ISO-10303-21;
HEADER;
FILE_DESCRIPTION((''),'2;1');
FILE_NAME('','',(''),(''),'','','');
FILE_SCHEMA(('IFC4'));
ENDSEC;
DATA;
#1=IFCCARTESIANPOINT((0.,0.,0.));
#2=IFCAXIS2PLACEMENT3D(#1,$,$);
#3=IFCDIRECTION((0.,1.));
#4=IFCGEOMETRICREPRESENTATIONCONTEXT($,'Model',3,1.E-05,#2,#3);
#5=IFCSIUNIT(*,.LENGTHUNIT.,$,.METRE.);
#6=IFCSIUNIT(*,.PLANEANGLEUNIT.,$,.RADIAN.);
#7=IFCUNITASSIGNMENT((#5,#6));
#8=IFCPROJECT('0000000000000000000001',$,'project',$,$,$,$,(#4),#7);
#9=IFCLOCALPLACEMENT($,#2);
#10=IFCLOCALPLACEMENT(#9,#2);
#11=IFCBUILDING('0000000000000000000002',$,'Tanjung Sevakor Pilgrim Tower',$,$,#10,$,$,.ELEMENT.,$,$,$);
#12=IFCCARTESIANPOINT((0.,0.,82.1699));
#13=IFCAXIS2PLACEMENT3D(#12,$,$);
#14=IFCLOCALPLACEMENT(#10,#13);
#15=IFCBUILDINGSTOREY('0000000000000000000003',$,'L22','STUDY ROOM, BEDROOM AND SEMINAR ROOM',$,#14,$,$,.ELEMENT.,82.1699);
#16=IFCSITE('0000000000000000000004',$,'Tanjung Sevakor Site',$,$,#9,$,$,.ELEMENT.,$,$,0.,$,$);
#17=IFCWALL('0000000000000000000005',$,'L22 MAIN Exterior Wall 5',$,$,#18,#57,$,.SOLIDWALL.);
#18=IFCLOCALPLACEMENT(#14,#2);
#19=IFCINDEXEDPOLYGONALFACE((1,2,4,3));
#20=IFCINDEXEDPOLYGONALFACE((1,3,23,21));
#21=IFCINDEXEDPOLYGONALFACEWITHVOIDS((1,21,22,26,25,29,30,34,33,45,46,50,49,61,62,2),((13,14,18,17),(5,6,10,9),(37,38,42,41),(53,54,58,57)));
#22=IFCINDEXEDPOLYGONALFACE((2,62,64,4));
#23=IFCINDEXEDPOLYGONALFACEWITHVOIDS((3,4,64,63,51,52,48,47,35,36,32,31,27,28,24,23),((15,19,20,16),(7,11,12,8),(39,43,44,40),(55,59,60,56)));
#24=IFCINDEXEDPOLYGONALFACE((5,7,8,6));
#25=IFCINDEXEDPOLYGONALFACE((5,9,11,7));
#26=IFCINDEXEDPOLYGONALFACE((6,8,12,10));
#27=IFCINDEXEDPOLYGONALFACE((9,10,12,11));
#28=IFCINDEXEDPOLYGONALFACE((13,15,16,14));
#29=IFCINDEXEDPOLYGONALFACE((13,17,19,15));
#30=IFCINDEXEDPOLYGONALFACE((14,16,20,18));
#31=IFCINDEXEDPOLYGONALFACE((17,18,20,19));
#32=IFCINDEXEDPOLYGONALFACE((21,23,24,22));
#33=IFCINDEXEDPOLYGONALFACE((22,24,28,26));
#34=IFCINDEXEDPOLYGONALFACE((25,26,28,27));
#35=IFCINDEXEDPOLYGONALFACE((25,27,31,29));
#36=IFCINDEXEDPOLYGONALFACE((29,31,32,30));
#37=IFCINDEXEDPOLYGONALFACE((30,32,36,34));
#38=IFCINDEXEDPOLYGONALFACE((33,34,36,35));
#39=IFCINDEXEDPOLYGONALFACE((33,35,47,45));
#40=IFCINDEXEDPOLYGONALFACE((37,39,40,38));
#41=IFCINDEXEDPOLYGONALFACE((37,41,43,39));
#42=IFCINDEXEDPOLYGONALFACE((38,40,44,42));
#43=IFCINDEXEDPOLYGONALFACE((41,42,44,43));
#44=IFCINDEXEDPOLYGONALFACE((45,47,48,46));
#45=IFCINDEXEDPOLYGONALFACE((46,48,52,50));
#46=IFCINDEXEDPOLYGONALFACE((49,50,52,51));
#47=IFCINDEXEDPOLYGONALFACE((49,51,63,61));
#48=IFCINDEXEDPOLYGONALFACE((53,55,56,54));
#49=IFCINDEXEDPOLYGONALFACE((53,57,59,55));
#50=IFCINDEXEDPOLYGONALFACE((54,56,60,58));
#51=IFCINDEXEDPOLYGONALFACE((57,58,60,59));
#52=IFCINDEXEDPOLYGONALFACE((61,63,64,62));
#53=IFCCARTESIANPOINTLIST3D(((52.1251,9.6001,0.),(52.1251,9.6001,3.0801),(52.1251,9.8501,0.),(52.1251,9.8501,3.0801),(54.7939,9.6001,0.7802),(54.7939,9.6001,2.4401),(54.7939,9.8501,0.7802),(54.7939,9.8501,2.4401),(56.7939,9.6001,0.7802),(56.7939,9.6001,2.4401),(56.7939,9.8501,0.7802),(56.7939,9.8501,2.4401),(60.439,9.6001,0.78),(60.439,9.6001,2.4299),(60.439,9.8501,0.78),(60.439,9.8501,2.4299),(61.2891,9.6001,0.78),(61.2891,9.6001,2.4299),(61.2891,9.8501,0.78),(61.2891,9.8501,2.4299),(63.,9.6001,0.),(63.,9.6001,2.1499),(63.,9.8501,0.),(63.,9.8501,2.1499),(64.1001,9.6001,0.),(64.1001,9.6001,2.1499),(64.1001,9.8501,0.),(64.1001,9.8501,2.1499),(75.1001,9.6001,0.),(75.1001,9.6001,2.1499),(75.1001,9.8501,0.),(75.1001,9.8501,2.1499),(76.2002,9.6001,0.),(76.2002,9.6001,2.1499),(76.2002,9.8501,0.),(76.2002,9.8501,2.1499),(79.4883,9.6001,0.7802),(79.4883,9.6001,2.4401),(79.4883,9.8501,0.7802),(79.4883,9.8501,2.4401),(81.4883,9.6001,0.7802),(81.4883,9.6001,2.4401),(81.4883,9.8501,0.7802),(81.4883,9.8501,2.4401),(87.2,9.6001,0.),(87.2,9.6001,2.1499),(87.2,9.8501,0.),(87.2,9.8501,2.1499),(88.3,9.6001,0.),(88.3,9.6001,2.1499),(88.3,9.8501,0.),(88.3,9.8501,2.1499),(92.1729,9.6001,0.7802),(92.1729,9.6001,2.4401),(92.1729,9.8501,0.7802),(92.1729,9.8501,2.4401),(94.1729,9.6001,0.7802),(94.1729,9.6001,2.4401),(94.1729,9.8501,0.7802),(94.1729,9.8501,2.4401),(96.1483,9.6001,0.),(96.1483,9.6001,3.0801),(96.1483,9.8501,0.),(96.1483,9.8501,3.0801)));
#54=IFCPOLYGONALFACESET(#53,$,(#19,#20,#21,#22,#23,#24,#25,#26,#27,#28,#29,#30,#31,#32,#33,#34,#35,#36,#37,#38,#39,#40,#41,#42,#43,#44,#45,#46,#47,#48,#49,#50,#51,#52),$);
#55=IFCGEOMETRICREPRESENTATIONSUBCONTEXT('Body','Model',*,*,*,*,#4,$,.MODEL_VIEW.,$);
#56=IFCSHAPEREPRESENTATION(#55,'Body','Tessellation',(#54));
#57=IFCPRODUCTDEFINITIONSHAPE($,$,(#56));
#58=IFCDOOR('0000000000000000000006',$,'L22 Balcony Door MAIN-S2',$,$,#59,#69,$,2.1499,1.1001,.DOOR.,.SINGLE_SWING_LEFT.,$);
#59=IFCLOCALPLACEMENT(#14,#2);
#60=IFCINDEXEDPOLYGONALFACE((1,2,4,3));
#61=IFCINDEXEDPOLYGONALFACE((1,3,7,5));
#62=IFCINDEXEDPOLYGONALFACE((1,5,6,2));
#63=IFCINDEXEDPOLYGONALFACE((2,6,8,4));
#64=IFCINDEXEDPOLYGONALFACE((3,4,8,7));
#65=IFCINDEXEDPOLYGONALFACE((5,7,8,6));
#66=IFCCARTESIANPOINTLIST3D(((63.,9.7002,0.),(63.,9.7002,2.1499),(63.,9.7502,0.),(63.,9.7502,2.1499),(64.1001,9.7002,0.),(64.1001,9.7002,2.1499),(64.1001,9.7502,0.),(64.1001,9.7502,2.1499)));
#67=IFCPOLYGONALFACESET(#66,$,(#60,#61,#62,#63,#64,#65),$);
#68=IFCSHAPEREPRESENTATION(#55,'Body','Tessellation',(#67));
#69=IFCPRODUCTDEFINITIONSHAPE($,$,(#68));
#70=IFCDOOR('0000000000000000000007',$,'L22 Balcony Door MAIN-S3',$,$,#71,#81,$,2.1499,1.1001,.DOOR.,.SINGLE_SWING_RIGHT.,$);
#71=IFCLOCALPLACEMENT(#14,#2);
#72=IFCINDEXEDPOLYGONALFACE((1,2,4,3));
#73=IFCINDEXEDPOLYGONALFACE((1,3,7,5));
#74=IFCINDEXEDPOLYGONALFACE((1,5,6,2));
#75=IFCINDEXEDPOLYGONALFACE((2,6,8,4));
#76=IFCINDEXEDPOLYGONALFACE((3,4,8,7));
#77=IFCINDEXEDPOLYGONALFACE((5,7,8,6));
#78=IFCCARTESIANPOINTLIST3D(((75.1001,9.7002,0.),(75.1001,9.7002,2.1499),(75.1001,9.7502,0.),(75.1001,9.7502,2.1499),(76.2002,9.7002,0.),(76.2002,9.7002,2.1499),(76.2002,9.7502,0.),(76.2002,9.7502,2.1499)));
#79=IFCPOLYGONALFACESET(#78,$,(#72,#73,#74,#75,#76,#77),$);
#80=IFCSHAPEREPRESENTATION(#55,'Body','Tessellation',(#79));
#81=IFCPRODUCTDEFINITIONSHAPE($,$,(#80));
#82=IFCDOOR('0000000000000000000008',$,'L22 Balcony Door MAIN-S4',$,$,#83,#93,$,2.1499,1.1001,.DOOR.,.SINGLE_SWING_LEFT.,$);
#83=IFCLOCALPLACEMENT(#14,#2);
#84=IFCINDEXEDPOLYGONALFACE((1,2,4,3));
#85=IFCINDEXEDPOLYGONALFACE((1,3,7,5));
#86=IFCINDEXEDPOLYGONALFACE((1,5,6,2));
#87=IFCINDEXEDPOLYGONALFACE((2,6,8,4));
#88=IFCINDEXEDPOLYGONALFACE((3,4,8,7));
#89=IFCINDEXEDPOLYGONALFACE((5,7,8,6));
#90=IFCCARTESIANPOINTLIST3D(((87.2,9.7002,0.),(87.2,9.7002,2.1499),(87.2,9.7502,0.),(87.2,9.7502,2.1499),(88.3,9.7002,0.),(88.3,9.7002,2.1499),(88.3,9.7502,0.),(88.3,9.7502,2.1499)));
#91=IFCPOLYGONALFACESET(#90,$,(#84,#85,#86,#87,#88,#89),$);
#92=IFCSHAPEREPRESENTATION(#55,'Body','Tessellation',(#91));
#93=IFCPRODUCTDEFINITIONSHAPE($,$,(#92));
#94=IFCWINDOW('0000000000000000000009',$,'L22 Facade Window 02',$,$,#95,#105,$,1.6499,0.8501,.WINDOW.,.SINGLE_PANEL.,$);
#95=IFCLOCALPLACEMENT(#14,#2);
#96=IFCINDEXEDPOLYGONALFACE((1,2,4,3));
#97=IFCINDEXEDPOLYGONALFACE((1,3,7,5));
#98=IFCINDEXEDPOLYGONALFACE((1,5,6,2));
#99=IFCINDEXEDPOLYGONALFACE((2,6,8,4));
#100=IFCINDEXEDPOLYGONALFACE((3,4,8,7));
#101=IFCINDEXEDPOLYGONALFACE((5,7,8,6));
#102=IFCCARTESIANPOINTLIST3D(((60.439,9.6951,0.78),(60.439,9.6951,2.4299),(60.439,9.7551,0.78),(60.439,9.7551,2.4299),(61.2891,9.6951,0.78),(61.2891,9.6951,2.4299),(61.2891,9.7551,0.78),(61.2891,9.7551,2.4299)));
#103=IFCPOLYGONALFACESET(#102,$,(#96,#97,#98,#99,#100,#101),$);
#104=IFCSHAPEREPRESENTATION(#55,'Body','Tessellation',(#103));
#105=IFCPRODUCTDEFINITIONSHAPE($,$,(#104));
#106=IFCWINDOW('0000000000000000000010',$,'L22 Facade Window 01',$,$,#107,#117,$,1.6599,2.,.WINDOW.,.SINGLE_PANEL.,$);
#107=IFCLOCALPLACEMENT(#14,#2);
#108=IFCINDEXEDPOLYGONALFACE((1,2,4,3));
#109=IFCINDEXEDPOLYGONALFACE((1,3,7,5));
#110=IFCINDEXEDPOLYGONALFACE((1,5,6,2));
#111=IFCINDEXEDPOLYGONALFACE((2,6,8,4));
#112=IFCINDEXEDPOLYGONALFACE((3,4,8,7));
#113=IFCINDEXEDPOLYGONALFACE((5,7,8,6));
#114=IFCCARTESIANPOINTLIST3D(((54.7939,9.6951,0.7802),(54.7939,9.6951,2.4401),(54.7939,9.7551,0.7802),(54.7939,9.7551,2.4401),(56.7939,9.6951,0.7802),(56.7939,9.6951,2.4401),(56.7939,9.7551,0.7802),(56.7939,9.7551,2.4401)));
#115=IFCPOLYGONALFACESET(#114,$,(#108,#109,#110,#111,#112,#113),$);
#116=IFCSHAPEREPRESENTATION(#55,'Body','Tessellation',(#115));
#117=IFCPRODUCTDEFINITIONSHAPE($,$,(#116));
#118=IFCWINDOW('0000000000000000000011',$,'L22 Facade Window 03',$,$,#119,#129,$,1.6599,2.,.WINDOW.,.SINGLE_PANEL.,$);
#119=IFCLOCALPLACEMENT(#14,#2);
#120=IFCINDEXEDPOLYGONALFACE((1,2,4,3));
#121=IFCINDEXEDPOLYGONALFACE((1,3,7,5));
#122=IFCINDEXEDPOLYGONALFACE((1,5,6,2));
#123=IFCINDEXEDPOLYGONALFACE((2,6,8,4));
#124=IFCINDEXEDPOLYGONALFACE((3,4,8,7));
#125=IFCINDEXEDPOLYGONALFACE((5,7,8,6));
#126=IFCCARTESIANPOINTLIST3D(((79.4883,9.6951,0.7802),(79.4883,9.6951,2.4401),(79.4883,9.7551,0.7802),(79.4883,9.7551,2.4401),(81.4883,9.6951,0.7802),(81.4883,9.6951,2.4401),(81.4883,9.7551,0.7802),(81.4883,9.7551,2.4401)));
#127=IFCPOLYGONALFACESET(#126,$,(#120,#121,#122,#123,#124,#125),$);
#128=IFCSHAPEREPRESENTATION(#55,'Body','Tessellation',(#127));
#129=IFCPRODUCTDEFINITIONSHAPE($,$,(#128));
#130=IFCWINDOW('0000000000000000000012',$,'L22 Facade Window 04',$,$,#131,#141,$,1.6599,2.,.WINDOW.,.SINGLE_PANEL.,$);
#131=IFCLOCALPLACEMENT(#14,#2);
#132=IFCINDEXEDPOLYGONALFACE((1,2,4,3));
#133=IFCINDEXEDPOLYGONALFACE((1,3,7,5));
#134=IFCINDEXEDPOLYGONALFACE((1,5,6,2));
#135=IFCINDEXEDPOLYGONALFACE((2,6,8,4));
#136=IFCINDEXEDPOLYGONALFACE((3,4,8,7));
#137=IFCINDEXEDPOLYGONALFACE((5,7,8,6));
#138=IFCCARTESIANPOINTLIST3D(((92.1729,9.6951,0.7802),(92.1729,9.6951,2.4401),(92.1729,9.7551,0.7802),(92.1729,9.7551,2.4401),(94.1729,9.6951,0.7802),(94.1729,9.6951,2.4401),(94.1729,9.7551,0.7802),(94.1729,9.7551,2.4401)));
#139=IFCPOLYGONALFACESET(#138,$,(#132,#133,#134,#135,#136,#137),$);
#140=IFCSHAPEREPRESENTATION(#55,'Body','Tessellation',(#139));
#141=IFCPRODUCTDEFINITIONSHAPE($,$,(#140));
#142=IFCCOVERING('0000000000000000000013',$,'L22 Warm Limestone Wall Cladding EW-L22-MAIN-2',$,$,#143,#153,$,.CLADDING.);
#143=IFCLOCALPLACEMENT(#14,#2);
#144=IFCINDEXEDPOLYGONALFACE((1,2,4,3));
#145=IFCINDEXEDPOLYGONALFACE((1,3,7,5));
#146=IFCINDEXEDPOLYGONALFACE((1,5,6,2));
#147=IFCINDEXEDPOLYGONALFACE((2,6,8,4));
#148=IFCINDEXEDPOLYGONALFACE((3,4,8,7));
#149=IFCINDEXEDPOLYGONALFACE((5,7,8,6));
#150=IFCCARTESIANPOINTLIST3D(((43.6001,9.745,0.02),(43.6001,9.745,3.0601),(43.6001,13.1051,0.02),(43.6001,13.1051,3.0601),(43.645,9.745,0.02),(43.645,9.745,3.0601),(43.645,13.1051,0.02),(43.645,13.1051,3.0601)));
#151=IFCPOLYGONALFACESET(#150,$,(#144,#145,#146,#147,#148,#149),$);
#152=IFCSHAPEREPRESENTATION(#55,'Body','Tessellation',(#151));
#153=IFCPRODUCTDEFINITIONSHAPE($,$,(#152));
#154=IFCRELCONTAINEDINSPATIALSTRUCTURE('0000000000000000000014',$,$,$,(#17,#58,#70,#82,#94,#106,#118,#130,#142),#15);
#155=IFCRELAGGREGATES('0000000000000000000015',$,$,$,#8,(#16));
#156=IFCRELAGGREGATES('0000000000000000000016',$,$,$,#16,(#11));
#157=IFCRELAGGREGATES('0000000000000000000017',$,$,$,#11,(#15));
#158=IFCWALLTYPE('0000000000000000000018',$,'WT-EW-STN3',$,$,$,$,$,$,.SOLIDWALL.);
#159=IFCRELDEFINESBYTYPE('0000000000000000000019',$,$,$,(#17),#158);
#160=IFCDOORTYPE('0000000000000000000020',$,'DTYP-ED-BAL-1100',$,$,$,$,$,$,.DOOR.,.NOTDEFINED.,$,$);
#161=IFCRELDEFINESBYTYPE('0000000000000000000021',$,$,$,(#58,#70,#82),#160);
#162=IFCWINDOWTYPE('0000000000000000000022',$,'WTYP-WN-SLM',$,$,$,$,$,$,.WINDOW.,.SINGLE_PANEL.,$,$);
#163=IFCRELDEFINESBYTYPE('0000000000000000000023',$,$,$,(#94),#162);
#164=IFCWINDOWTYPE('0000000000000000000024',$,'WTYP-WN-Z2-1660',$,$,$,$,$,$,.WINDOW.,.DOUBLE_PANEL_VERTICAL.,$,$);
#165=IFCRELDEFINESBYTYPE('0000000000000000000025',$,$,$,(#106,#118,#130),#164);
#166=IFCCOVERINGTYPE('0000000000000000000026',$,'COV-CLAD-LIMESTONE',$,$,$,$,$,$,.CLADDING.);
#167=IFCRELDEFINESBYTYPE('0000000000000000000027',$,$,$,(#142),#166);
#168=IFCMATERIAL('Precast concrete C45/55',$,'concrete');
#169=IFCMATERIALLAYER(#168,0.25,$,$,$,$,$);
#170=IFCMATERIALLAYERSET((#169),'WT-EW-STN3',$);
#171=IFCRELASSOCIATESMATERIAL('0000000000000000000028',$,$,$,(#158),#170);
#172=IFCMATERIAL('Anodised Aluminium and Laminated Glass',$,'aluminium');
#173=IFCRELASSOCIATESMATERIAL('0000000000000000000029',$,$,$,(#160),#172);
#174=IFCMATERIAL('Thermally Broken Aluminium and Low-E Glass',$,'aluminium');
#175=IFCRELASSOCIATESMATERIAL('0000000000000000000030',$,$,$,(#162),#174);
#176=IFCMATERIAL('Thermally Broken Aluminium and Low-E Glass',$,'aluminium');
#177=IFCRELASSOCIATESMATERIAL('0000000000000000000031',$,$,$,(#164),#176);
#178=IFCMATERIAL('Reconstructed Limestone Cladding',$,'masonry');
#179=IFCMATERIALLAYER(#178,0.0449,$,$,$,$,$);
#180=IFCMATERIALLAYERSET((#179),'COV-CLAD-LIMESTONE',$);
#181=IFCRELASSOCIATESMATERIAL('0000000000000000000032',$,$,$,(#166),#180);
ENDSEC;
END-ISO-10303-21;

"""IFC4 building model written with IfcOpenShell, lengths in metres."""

from ifc_helpers import new_model, si_unit, direction, frame, frame_2d, origin, origin_2d, place, context, subcontext, project, spatial, rectangle, extrude, material, layer, layer_set, type_object, element, fill, save


model = new_model("IFC4")

# Units and contexts
model_context = context("Model", 3, precision=1e-05, world=origin(), true_north=direction((0.0, 1.0)))
body_context = subcontext(model_context, "Body", "Model", "MODEL_VIEW")
ifc_project = project(units=[si_unit("LENGTHUNIT", "METRE"), si_unit("PLANEANGLEUNIT", "RADIAN")], contexts=[model_context])

# Site, building, storey
site_placement = place(None, origin())
site = spatial("IfcSite", under=ifc_project, at=site_placement, Name="Tanjung Sevakor Site", CompositionType="ELEMENT", RefElevation=0.0)
building_placement = place(site_placement, origin())
building = spatial("IfcBuilding", under=site, at=building_placement, Name="Tanjung Sevakor Pilgrim Tower", CompositionType="ELEMENT")
storey_placement = place(building_placement, frame((0.0, 0.0, 82.1699)))
storey = spatial("IfcBuildingStorey", under=building, at=storey_placement, Name="L22", Description="STUDY ROOM, BEDROOM AND SEMINAR ROOM", CompositionType="ELEMENT", Elevation=82.1699)

# Shared definitions
ifc_material_1 = material(Name="Precast concrete C45/55", Category="concrete")
ifc_layer_1 = layer(ifc_material_1, 0.25)
ifc_layer_set_1 = layer_set([ifc_layer_1], Name="WT-EW-STN3")
wall_type_1 = type_object("IfcWallType", Name="WT-EW-STN3", PredefinedType="SOLIDWALL", material=ifc_layer_set_1)

# Wall, openings, doors, windows
wall_1_placement = place(storey_placement, frame((52.125, 9.7251, 0.0), z_axis=(0.0, 0.0, 1.0), x_axis=(1.0, 0.0, 0.0)))
wall_1 = element("IfcWall", 1, at=wall_1_placement, inside=storey, type_object=wall_type_1, Name="L22 MAIN Exterior Wall 5", PredefinedType="SOLIDWALL", context=body_context, shape_type="SweptSolid", body=[
    extrude(rectangle(XDim=44.0232, YDim=0.25, at=frame_2d((22.0117, 0.0))), origin(), (0.0, 0.0, 1.0), 3.0801),
])
opening_1_placement = place(wall_1_placement, frame((10.875, 0.0, 0.0)))
opening_1 = element("IfcOpeningElement", 2, at=opening_1_placement, cuts=wall_1, PredefinedType="OPENING", context=body_context, shape_type="SweptSolid", body=[
    extrude(rectangle(XDim=1.1001, YDim=2.1499, at=frame_2d((0.55, 1.075))), frame((0.0, 0.135, 0.0), z_axis=(0.0, -1.0, 0.0), x_axis=(1.0, 0.0, 0.0)), (0.0, 0.0, 1.0), 0.27),
])
opening_2_placement = place(wall_1_placement, frame((22.9751, 0.0, 0.0)))
opening_2 = element("IfcOpeningElement", 3, at=opening_2_placement, cuts=wall_1, PredefinedType="OPENING", context=body_context, shape_type="SweptSolid", body=[
    extrude(rectangle(XDim=1.1001, YDim=2.1499, at=frame_2d((0.55, 1.075))), frame((0.0, 0.135, 0.0), z_axis=(0.0, -1.0, 0.0), x_axis=(1.0, 0.0, 0.0)), (0.0, 0.0, 1.0), 0.27),
])
opening_3_placement = place(wall_1_placement, frame((35.075, 0.0, 0.0)))
opening_3 = element("IfcOpeningElement", 4, at=opening_3_placement, cuts=wall_1, PredefinedType="OPENING", context=body_context, shape_type="SweptSolid", body=[
    extrude(rectangle(XDim=1.1001, YDim=2.1499, at=frame_2d((0.55, 1.075))), frame((0.0, 0.135, 0.0), z_axis=(0.0, -1.0, 0.0), x_axis=(1.0, 0.0, 0.0)), (0.0, 0.0, 1.0), 0.27),
])
opening_4_placement = place(wall_1_placement, frame((2.6689, 0.0, 0.78)))
opening_4 = element("IfcOpeningElement", 5, at=opening_4_placement, cuts=wall_1, PredefinedType="OPENING", context=body_context, shape_type="SweptSolid", body=[
    extrude(rectangle(XDim=2.0, YDim=1.6599, at=frame_2d((1.0, 0.8301))), frame((0.0, 0.135, 0.0), z_axis=(0.0, -1.0, 0.0), x_axis=(1.0, 0.0, 0.0)), (0.0, 0.0, 1.0), 0.27),
])
opening_5_placement = place(wall_1_placement, frame((8.314, 0.0, 0.78)))
opening_5 = element("IfcOpeningElement", 6, at=opening_5_placement, cuts=wall_1, PredefinedType="OPENING", context=body_context, shape_type="SweptSolid", body=[
    extrude(rectangle(XDim=0.8501, YDim=1.6499, at=frame_2d((0.425, 0.825))), frame((0.0, 0.135, 0.0), z_axis=(0.0, -1.0, 0.0), x_axis=(1.0, 0.0, 0.0)), (0.0, 0.0, 1.0), 0.27),
])
opening_6_placement = place(wall_1_placement, frame((27.3633, 0.0, 0.78)))
opening_6 = element("IfcOpeningElement", 7, at=opening_6_placement, cuts=wall_1, PredefinedType="OPENING", context=body_context, shape_type="SweptSolid", body=[
    extrude(rectangle(XDim=2.0, YDim=1.6599, at=frame_2d((1.0, 0.8301))), frame((0.0, 0.135, 0.0), z_axis=(0.0, -1.0, 0.0), x_axis=(1.0, 0.0, 0.0)), (0.0, 0.0, 1.0), 0.27),
])
opening_7_placement = place(wall_1_placement, frame((40.0479, 0.0, 0.78)))
opening_7 = element("IfcOpeningElement", 8, at=opening_7_placement, cuts=wall_1, PredefinedType="OPENING", context=body_context, shape_type="SweptSolid", body=[
    extrude(rectangle(XDim=2.0, YDim=1.6599, at=frame_2d((1.0, 0.8301))), frame((0.0, 0.135, 0.0), z_axis=(0.0, -1.0, 0.0), x_axis=(1.0, 0.0, 0.0)), (0.0, 0.0, 1.0), 0.27),
])
ifc_material_2 = material(Name="Anodised Aluminium and Laminated Glass", Category="aluminium")
door_type = type_object("IfcDoorType", Name="DTYP-ED-BAL-1100", OperationType="NOTDEFINED", PredefinedType="DOOR", material=ifc_material_2)
door_1_placement = place(opening_1_placement, frame((1.1001, 0.0, 0.0), z_axis=(0.0, 0.0, 1.0), x_axis=(-1.0, 0.0, 0.0)))
door_1 = element("IfcDoor", 9, at=door_1_placement, inside=storey, type_object=door_type, Name="L22 Balcony Door MAIN-S2", OperationType="SINGLE_SWING_LEFT", OverallHeight=2.1499, OverallWidth=1.1001, PredefinedType="DOOR", context=body_context, shape_type="SweptSolid", body=[
    extrude(rectangle(XDim=1.1001, YDim=2.1499, at=frame_2d((0.55, 1.075))), frame((0.0, 0.0249, 0.0), z_axis=(0.0, -1.0, 0.0), x_axis=(1.0, 0.0, 0.0)), (0.0, 0.0, 1.0), 0.05),
])
fill(opening_1, door_1)
door_2_placement = place(opening_2_placement, frame((1.1001, 0.0, 0.0), z_axis=(0.0, 0.0, 1.0), x_axis=(-1.0, 0.0, 0.0)))
door_2 = element("IfcDoor", 10, at=door_2_placement, inside=storey, type_object=door_type, Name="L22 Balcony Door MAIN-S3", OperationType="SINGLE_SWING_RIGHT", OverallHeight=2.1499, OverallWidth=1.1001, PredefinedType="DOOR", context=body_context, shape_type="SweptSolid", body=[
    extrude(rectangle(XDim=1.1001, YDim=2.1499, at=frame_2d((0.55, 1.075))), frame((0.0, 0.0249, 0.0), z_axis=(0.0, -1.0, 0.0), x_axis=(1.0, 0.0, 0.0)), (0.0, 0.0, 1.0), 0.05),
])
fill(opening_2, door_2)
door_3_placement = place(opening_3_placement, frame((1.1001, 0.0, 0.0), z_axis=(0.0, 0.0, 1.0), x_axis=(-1.0, 0.0, 0.0)))
door_3 = element("IfcDoor", 11, at=door_3_placement, inside=storey, type_object=door_type, Name="L22 Balcony Door MAIN-S4", OperationType="SINGLE_SWING_LEFT", OverallHeight=2.1499, OverallWidth=1.1001, PredefinedType="DOOR", context=body_context, shape_type="SweptSolid", body=[
    extrude(rectangle(XDim=1.1001, YDim=2.1499, at=frame_2d((0.55, 1.075))), frame((0.0, 0.0249, 0.0), z_axis=(0.0, -1.0, 0.0), x_axis=(1.0, 0.0, 0.0)), (0.0, 0.0, 1.0), 0.05),
])
fill(opening_3, door_3)
ifc_material_3 = material(Name="Thermally Broken Aluminium and Low-E Glass", Category="aluminium")
window_type_1 = type_object("IfcWindowType", Name="WTYP-WN-SLM", PartitioningType="SINGLE_PANEL", PredefinedType="WINDOW", material=ifc_material_3)
window_1_placement = place(opening_5_placement, origin())
window_1 = element("IfcWindow", 12, at=window_1_placement, inside=storey, type_object=window_type_1, Name="L22 Facade Window 02", OverallHeight=1.6499, OverallWidth=0.8501, PartitioningType="SINGLE_PANEL", PredefinedType="WINDOW", context=body_context, shape_type="SweptSolid", body=[
    extrude(rectangle(XDim=0.8501, YDim=1.6499, at=frame_2d((0.425, 0.825))), frame((0.0, 0.03, 0.0), z_axis=(0.0, -1.0, 0.0), x_axis=(1.0, 0.0, 0.0)), (0.0, 0.0, 1.0), 0.0601),
])
fill(opening_5, window_1)
ifc_material_4 = material(Name="Thermally Broken Aluminium and Low-E Glass", Category="aluminium")
window_type_2 = type_object("IfcWindowType", Name="WTYP-WN-Z2-1660", PartitioningType="DOUBLE_PANEL_VERTICAL", PredefinedType="WINDOW", material=ifc_material_4)
window_2_placement = place(opening_4_placement, origin())
window_2 = element("IfcWindow", 13, at=window_2_placement, inside=storey, type_object=window_type_2, Name="L22 Facade Window 01", OverallHeight=1.6599, OverallWidth=2.0, PartitioningType="SINGLE_PANEL", PredefinedType="WINDOW", context=body_context, shape_type="SweptSolid", body=[
    extrude(rectangle(XDim=2.0, YDim=1.6599, at=frame_2d((1.0, 0.8301))), frame((0.0, 0.03, 0.0), z_axis=(0.0, -1.0, 0.0), x_axis=(1.0, 0.0, 0.0)), (0.0, 0.0, 1.0), 0.0601),
])
fill(opening_4, window_2)
window_3_placement = place(opening_6_placement, origin())
window_3 = element("IfcWindow", 14, at=window_3_placement, inside=storey, type_object=window_type_2, Name="L22 Facade Window 03", OverallHeight=1.6599, OverallWidth=2.0, PartitioningType="SINGLE_PANEL", PredefinedType="WINDOW", context=body_context, shape_type="SweptSolid", body=[
    extrude(rectangle(XDim=2.0, YDim=1.6599, at=frame_2d((1.0, 0.8301))), frame((0.0, 0.03, 0.0), z_axis=(0.0, -1.0, 0.0), x_axis=(1.0, 0.0, 0.0)), (0.0, 0.0, 1.0), 0.0601),
])
fill(opening_6, window_3)
window_4_placement = place(opening_7_placement, origin())
window_4 = element("IfcWindow", 15, at=window_4_placement, inside=storey, type_object=window_type_2, Name="L22 Facade Window 04", OverallHeight=1.6599, OverallWidth=2.0, PartitioningType="SINGLE_PANEL", PredefinedType="WINDOW", context=body_context, shape_type="SweptSolid", body=[
    extrude(rectangle(XDim=2.0, YDim=1.6599, at=frame_2d((1.0, 0.8301))), frame((0.0, 0.03, 0.0), z_axis=(0.0, -1.0, 0.0), x_axis=(1.0, 0.0, 0.0)), (0.0, 0.0, 1.0), 0.0601),
])
fill(opening_7, window_4)

# Covering
ifc_material_5 = material(Name="Reconstructed Limestone Cladding", Category="masonry")
ifc_layer_2 = layer(ifc_material_5, 0.0449)
ifc_layer_set_2 = layer_set([ifc_layer_2], Name="COV-CLAD-LIMESTONE")
covering_type = type_object("IfcCoveringType", Name="COV-CLAD-LIMESTONE", PredefinedType="CLADDING", material=ifc_layer_set_2)
for number, where, z_axis, x_axis, name in (
    (16, (43.6226, 11.425, 0.02), (0.0, 0.0, 1.0), (0.0, 1.0, 0.0), "L22 Warm Limestone Wall Cladding EW-L22-MAIN-2"),
):
    element("IfcCovering", number, at=place(storey_placement, frame(where, z_axis=z_axis, x_axis=x_axis)), inside=storey, type_object=covering_type, Name=name, PredefinedType="CLADDING", context=body_context, shape_type="SweptSolid", body=[
        extrude(rectangle(XDim=3.3601, YDim=0.0449, at=origin_2d()), origin(), (0.0, 0.0, 1.0), 3.04),
    ])

save(model, "model.ifc")
